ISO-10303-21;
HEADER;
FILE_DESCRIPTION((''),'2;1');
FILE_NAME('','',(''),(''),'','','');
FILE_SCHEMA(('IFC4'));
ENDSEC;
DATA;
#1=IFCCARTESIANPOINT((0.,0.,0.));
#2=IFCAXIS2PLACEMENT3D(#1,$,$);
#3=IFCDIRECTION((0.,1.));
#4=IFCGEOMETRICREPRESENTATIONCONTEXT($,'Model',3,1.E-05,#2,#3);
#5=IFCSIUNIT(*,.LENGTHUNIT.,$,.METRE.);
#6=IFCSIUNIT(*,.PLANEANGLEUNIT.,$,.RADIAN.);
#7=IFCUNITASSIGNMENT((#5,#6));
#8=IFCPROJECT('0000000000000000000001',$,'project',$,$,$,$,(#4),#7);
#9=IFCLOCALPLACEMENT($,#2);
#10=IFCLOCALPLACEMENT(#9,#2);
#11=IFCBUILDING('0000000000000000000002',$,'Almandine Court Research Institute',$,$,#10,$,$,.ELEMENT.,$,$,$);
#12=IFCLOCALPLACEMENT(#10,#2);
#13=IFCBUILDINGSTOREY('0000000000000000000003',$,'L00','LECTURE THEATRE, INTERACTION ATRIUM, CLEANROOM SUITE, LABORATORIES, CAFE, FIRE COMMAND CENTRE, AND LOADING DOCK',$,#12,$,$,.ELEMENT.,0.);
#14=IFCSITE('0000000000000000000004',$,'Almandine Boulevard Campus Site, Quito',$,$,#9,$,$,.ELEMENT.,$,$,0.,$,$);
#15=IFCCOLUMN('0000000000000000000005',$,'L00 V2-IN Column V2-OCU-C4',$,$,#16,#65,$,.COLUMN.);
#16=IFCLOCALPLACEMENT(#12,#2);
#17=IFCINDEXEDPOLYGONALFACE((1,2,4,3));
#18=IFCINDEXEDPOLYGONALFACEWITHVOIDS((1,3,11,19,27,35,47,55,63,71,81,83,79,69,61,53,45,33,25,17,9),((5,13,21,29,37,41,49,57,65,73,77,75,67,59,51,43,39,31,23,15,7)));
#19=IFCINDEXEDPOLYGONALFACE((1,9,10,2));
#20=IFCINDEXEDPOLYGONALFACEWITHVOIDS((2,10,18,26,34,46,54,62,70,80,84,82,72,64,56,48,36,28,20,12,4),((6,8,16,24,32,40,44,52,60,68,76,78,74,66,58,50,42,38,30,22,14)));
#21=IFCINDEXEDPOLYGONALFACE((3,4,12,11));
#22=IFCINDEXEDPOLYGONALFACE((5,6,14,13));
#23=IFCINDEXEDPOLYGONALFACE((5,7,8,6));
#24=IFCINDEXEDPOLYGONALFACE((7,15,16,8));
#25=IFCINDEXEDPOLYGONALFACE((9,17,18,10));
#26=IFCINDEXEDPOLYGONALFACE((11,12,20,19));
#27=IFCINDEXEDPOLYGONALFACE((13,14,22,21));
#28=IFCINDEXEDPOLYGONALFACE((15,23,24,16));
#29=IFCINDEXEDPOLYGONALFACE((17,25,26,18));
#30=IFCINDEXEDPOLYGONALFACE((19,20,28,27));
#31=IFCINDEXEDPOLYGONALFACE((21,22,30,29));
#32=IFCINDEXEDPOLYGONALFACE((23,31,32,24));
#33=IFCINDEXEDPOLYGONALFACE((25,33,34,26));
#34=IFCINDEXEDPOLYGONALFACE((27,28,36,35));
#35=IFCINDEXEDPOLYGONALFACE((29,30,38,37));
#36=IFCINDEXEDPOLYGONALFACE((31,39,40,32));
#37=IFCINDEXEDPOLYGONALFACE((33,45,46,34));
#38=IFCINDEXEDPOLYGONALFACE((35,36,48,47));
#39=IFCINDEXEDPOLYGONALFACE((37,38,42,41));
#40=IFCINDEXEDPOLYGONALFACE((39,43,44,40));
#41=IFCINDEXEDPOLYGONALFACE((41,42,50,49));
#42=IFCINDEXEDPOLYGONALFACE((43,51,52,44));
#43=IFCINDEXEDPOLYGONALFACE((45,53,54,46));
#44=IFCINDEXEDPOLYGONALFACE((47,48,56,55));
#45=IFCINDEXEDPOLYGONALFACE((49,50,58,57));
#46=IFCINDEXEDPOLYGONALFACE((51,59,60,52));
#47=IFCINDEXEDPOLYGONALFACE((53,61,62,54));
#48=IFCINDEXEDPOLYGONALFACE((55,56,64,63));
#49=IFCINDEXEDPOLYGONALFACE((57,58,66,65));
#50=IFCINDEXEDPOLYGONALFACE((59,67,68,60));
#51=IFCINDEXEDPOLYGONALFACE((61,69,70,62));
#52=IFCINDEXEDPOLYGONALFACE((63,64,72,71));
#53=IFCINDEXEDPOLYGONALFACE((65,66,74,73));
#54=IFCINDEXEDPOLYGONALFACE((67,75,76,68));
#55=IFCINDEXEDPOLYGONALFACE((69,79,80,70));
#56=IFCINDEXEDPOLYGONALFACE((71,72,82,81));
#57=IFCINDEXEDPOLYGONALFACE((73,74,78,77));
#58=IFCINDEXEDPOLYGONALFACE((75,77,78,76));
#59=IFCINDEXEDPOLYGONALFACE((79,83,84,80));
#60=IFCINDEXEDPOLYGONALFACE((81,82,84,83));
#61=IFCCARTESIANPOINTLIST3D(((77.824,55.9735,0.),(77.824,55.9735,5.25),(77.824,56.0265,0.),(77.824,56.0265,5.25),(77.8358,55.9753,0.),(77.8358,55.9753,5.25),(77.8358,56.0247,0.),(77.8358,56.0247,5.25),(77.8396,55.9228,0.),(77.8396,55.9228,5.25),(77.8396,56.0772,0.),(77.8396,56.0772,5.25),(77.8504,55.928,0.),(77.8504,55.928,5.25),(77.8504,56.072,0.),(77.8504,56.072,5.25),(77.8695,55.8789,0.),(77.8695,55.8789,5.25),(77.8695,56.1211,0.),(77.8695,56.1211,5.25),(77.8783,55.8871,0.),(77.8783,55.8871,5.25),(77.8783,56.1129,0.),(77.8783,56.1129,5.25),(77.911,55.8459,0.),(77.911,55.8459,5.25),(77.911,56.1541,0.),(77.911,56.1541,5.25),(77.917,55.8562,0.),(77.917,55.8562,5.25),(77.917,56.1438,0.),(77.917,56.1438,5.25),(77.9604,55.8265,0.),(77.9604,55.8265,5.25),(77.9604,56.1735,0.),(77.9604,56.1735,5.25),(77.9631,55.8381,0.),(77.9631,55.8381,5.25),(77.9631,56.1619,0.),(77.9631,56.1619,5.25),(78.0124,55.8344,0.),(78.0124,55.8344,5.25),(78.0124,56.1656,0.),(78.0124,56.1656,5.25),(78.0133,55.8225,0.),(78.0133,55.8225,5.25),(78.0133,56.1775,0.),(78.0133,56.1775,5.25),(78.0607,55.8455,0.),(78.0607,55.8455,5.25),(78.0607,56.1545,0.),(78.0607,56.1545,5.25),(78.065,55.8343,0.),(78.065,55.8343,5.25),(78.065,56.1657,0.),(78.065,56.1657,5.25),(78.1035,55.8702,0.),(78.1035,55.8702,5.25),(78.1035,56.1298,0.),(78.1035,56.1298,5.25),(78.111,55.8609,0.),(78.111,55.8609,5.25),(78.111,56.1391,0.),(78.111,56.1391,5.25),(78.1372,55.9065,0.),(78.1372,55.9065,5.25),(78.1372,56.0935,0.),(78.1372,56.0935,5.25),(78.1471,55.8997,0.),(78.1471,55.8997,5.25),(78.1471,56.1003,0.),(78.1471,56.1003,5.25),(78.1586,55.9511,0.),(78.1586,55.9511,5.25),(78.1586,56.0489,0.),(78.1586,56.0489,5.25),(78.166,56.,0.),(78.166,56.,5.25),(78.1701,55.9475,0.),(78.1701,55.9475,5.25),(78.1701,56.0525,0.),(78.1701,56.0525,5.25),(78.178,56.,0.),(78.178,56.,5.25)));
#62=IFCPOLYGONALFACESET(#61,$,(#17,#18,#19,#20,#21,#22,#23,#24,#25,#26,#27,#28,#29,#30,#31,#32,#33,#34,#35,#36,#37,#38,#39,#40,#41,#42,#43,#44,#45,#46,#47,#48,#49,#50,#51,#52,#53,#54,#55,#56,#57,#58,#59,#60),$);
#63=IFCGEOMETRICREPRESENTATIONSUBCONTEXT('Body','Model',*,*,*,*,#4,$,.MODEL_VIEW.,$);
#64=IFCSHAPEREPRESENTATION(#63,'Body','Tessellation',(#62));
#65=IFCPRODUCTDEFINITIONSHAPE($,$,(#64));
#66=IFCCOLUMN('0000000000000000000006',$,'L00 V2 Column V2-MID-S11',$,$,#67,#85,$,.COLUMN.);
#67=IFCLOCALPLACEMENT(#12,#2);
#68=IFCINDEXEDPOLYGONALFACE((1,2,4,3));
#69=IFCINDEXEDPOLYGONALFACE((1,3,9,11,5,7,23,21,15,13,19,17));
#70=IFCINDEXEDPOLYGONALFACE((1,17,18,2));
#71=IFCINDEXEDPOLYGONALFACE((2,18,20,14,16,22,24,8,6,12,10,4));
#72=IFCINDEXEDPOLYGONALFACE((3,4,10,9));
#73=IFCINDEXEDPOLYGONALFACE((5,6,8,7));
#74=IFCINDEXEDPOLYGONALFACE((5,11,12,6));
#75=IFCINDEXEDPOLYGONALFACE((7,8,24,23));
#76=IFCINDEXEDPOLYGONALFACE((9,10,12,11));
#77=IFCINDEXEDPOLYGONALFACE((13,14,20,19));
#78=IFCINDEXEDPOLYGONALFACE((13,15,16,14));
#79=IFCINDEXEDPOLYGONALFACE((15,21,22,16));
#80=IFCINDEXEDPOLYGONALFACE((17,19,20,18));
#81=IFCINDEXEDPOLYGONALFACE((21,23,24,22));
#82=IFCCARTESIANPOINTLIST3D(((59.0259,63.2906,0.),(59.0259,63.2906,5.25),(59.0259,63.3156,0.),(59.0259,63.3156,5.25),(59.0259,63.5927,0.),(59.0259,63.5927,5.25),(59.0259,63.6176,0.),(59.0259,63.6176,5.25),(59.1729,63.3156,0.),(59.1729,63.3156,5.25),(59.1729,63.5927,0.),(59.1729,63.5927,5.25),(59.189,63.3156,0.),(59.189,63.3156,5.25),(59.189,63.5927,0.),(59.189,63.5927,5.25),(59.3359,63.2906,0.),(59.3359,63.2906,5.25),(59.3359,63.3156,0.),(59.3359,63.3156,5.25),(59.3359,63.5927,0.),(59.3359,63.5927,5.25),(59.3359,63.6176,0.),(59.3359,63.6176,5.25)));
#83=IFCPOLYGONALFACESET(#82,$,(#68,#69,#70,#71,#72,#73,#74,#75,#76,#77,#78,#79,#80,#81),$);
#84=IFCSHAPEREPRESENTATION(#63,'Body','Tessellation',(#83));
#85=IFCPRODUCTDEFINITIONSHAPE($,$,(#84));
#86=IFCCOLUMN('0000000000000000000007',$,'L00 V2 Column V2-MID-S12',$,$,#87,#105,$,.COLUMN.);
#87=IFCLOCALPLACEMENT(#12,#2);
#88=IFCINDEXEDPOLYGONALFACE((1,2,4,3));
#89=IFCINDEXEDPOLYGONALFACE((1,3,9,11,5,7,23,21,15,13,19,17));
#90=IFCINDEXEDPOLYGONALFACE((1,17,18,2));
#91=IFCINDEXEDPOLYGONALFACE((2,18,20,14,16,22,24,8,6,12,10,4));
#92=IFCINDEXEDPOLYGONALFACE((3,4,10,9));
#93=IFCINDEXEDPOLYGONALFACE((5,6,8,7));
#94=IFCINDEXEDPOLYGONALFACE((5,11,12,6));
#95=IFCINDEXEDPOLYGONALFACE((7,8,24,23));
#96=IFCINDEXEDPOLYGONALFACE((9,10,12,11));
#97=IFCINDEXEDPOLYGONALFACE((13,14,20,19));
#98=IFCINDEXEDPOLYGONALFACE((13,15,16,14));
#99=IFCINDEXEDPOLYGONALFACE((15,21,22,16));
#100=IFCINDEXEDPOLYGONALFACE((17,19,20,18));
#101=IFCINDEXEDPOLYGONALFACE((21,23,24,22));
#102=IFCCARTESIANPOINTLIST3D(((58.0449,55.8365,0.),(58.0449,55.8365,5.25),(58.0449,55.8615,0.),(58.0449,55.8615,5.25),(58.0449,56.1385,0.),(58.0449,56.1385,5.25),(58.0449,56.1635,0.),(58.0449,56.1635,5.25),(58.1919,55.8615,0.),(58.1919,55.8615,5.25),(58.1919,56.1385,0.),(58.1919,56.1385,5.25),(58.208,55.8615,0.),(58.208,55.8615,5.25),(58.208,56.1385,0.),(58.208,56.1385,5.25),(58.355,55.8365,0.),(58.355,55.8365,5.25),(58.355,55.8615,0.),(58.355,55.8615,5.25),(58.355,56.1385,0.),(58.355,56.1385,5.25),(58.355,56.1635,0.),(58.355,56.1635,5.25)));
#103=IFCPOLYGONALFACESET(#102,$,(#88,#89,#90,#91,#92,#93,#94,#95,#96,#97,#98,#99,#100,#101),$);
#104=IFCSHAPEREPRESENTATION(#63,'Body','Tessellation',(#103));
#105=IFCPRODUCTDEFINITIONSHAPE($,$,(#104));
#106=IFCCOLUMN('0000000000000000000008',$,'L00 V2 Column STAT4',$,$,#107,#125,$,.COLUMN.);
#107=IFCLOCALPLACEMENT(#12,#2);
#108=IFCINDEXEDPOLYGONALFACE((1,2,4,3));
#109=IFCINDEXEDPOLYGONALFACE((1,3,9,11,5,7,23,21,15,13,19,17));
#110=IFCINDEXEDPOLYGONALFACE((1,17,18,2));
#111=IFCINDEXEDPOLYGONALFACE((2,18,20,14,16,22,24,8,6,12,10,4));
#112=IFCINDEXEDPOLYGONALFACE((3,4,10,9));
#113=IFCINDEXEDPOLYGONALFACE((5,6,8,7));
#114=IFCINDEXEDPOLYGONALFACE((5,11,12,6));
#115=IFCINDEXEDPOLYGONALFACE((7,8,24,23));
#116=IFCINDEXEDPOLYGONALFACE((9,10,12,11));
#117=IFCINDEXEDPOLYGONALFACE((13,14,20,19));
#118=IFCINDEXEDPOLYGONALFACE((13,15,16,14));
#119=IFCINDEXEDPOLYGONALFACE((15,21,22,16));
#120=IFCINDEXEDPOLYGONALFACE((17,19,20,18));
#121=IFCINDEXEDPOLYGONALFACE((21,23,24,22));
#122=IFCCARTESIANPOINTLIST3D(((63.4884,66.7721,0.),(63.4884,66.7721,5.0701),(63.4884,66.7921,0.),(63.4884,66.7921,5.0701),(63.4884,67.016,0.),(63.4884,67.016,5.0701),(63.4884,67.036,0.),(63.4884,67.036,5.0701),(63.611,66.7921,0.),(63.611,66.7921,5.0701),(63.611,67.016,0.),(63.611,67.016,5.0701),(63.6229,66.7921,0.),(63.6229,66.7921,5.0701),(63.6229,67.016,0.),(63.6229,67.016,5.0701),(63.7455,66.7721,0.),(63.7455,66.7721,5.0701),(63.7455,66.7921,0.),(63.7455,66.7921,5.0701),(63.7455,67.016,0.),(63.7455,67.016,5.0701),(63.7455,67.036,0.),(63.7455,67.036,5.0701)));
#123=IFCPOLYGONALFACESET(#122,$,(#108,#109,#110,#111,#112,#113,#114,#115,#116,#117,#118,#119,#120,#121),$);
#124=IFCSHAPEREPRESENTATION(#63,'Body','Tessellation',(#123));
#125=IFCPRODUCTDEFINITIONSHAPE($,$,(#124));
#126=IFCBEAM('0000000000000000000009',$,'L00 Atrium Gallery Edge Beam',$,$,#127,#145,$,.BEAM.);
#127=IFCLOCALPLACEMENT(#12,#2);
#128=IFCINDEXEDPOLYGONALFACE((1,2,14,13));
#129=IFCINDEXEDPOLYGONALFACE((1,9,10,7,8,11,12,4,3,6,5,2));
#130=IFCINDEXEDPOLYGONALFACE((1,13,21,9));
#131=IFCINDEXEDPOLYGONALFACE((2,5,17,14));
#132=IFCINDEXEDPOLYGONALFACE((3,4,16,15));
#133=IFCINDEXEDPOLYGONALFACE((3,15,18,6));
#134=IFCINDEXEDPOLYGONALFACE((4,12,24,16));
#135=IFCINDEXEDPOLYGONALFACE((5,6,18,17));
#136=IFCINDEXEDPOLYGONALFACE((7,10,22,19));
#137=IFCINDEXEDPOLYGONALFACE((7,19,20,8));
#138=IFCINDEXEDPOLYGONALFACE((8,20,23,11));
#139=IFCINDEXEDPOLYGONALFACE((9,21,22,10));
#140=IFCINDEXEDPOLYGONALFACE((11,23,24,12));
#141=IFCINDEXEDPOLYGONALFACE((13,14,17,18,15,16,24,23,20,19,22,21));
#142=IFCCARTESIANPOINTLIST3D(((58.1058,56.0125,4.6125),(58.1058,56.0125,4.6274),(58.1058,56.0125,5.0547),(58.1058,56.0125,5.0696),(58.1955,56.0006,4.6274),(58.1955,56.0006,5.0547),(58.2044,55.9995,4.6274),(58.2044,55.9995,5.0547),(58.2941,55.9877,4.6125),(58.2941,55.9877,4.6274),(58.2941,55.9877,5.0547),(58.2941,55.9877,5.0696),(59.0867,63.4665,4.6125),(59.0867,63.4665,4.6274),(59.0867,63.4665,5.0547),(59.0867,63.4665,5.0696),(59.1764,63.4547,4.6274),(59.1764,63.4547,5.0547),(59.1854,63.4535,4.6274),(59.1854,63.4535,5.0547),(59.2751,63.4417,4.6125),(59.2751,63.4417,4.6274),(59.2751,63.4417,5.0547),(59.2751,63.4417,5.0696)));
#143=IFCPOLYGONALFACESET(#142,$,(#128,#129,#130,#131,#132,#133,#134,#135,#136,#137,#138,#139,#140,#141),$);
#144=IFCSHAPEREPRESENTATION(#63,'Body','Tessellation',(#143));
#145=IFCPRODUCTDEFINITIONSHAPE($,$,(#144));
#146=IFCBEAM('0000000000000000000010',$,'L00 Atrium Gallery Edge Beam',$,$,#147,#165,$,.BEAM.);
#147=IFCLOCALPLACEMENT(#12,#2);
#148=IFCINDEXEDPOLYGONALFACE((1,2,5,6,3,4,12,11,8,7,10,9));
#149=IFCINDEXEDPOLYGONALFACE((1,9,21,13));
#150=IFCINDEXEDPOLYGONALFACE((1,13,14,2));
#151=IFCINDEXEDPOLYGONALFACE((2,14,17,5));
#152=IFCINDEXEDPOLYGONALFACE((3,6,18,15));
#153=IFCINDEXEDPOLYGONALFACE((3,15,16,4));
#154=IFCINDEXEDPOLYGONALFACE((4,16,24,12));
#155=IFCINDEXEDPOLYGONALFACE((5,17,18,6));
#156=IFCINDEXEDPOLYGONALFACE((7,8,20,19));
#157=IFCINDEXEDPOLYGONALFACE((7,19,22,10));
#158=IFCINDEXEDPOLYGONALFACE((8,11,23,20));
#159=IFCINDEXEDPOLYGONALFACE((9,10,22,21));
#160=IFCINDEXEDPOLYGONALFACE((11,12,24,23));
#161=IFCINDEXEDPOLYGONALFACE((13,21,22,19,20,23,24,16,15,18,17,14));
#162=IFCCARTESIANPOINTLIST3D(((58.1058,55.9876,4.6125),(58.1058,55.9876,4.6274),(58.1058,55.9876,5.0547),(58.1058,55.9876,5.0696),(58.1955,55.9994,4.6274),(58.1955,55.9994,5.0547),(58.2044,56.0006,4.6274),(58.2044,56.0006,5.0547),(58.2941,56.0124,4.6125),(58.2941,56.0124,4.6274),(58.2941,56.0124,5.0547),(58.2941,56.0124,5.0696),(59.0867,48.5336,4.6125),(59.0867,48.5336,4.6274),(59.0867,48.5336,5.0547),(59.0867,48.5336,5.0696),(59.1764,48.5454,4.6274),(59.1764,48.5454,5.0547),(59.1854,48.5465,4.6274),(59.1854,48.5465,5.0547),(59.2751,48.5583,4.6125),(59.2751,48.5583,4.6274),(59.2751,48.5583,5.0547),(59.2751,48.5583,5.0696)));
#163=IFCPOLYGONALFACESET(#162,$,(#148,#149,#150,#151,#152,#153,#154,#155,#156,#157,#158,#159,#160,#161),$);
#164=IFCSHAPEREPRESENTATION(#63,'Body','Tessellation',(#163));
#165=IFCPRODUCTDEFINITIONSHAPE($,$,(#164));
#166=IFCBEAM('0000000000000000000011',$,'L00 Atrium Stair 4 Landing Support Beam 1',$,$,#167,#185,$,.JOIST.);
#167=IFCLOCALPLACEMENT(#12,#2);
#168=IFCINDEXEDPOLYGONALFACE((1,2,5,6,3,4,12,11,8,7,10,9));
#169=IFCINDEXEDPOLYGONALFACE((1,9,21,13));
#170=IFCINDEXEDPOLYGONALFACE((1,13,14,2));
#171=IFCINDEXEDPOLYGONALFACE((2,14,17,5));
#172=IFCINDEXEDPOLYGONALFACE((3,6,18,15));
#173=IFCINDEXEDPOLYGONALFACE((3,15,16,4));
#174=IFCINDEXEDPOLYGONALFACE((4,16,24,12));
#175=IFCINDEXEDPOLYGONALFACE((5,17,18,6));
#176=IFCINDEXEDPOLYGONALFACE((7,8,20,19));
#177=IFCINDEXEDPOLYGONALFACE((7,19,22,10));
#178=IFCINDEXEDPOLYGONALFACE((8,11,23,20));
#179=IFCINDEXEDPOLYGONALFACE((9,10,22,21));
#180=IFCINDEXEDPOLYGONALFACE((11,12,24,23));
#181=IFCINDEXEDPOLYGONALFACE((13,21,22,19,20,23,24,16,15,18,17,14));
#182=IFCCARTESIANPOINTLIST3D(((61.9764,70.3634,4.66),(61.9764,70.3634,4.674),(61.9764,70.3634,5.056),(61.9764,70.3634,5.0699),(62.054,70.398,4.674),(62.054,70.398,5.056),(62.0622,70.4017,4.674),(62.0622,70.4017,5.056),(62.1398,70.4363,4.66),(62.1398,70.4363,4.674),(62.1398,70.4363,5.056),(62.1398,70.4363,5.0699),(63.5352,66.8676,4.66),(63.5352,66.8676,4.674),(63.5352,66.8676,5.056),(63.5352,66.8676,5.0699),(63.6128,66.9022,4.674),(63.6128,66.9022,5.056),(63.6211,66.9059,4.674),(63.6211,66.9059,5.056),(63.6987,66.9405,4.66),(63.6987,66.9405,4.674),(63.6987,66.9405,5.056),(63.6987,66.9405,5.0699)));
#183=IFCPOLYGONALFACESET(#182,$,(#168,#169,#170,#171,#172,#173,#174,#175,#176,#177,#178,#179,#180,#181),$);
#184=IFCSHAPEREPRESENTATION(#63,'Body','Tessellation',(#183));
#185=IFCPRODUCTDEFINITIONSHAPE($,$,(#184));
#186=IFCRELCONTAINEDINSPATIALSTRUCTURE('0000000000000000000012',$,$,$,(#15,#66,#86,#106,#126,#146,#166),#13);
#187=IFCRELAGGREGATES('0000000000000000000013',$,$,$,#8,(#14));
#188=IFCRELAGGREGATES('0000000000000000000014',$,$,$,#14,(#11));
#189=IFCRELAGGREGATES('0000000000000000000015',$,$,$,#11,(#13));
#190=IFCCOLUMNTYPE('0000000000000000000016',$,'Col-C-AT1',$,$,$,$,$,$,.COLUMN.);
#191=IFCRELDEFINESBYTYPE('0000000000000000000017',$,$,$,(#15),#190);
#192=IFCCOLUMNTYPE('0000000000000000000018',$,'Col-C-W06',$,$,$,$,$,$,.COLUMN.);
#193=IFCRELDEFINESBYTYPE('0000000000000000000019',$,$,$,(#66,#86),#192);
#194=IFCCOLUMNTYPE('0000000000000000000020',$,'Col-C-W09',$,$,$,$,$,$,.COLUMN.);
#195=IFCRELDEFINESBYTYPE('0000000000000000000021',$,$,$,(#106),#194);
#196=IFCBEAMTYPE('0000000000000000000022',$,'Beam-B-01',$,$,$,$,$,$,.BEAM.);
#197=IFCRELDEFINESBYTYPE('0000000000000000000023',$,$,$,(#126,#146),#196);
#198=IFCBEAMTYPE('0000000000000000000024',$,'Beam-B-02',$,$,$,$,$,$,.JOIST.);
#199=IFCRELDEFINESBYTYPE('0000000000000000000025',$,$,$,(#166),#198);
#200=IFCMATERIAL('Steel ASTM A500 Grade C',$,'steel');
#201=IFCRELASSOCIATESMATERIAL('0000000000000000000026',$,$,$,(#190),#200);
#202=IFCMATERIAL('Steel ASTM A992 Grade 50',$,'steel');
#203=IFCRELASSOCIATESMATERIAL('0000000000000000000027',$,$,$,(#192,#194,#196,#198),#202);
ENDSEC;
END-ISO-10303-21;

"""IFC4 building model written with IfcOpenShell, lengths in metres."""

from ifc_helpers import new_model, si_unit, direction, frame, origin, origin_2d, place, context, subcontext, project, spatial, hollow_circle, i_section, extrude, material, material_profile, profile_set, type_object, element, save


model = new_model("IFC4")

# Units and contexts
model_context = context("Model", 3, precision=1e-05, world=origin(), true_north=direction((0.0, 1.0)))
body_context = subcontext(model_context, "Body", "Model", "MODEL_VIEW")
ifc_project = project(units=[si_unit("LENGTHUNIT", "METRE"), si_unit("PLANEANGLEUNIT", "RADIAN")], contexts=[model_context])

# Site, building, storey
site_placement = place(None, origin())
site = spatial("IfcSite", under=ifc_project, at=site_placement, Name="Almandine Boulevard Campus Site, Quito", CompositionType="ELEMENT", RefElevation=0.0)
building_placement = place(site_placement, origin())
building = spatial("IfcBuilding", under=site, at=building_placement, Name="Almandine Court Research Institute", CompositionType="ELEMENT")
storey_placement = place(building_placement, origin())
storey = spatial("IfcBuildingStorey", under=building, at=storey_placement, Name="L00", Description="LECTURE THEATRE, INTERACTION ATRIUM, CLEANROOM SUITE, LABORATORIES, CAFE, FIRE COMMAND CENTRE, AND LOADING DOCK", CompositionType="ELEMENT", Elevation=0.0)

# Columns
ifc_material_1 = material(Name="Steel ASTM A500 Grade C", Category="steel")
ifc_material_profile_1 = material_profile(ifc_material_1, hollow_circle(Radius=0.178, WallThickness=0.012, at=origin_2d()), Name="CHS 356x12")
ifc_profile_set_1 = profile_set([ifc_material_profile_1], Name="Steel ASTM A500 Grade C")
column_type_1 = type_object("IfcColumnType", Name="Col-C-AT1", PredefinedType="COLUMN", material=ifc_profile_set_1)
column_1_placement = place(storey_placement, frame((78.0, 56.0, 0.0), z_axis=(0.0, 0.0, 1.0), x_axis=(1.0, 0.0, 0.0)))
element("IfcColumn", 1, at=column_1_placement, inside=storey, type_object=column_type_1, Name="L00 V2-IN Column V2-OCU-C4", PredefinedType="COLUMN", context=body_context, shape_type="SweptSolid", body=[
    extrude(hollow_circle(Radius=0.178, WallThickness=0.012, at=origin_2d()), origin(), (0.0, 0.0, 1.0), 5.25),
])
ifc_material_2 = material(Name="Steel ASTM A992 Grade 50", Category="steel")
ifc_material_profile_2 = material_profile(ifc_material_2, i_section(OverallWidth=0.3101, OverallDepth=0.3269, WebThickness=0.0161, FlangeThickness=0.0249, at=origin_2d()), Name="W310x158")
ifc_profile_set_2 = profile_set([ifc_material_profile_2], Name="Steel ASTM A992 Grade 50")
column_type_2 = type_object("IfcColumnType", Name="Col-C-W06", PredefinedType="COLUMN", material=ifc_profile_set_2)
for number, where, z_axis, x_axis, name in (
    (2, (59.1809, 63.4541, 0.0), (0.0, 0.0, 1.0), (1.0, 0.0, 0.0), "L00 V2 Column V2-MID-S11"),
    (3, (58.2, 56.0, 0.0), (0.0, 0.0, 1.0), (1.0, 0.0, 0.0), "L00 V2 Column V2-MID-S12"),
):
    element("IfcColumn", number, at=place(storey_placement, frame(where, z_axis=z_axis, x_axis=x_axis)), inside=storey, type_object=column_type_2, Name=name, PredefinedType="COLUMN", context=body_context, shape_type="SweptSolid", body=[
        extrude(i_section(OverallWidth=0.3101, OverallDepth=0.3269, WebThickness=0.0161, FlangeThickness=0.0249, at=origin_2d()), origin(), (0.0, 0.0, 1.0), 5.25),
    ])
ifc_material_profile_3 = material_profile(ifc_material_2, i_section(OverallWidth=0.2571, OverallDepth=0.2639, WebThickness=0.012, FlangeThickness=0.02, at=origin_2d()), Name="W250x101")
ifc_profile_set_3 = profile_set([ifc_material_profile_3], Name="Steel ASTM A992 Grade 50")
column_type_3 = type_object("IfcColumnType", Name="Col-C-W09", PredefinedType="COLUMN", material=ifc_profile_set_3)
column_2_placement = place(storey_placement, frame((63.6169, 66.9041, 0.0), z_axis=(0.0, 0.0, 1.0), x_axis=(1.0, 0.0, 0.0)))
element("IfcColumn", 4, at=column_2_placement, inside=storey, type_object=column_type_3, Name="L00 V2 Column STAT4", PredefinedType="COLUMN", context=body_context, shape_type="SweptSolid", body=[
    extrude(i_section(OverallWidth=0.2571, OverallDepth=0.2639, WebThickness=0.012, FlangeThickness=0.02, at=origin_2d()), origin(), (0.0, 0.0, 1.0), 5.0701),
])

# Beams
ifc_material_profile_4 = material_profile(ifc_material_2, i_section(OverallWidth=0.1899, OverallDepth=0.457, WebThickness=0.009, FlangeThickness=0.0149, at=origin_2d()), Name="W460x74")
ifc_profile_set_4 = profile_set([ifc_material_profile_4], Name="Steel ASTM A992 Grade 50")
beam_type_1 = type_object("IfcBeamType", Name="Beam-B-01", PredefinedType="BEAM", material=ifc_profile_set_4)
for number, where, z_axis, x_axis, name in (
    (5, (59.1809, 63.4541, 4.8411), (-0.130475, -0.991452, 0.0), (0.991452, -0.130475, 0.0), "L00 Atrium Gallery Edge Beam"),
    (6, (58.2, 56.0, 4.8411), (0.130475, -0.991452, 0.0), (0.991452, 0.130475, 0.0), "L00 Atrium Gallery Edge Beam"),
):
    element("IfcBeam", number, at=place(storey_placement, frame(where, z_axis=z_axis, x_axis=x_axis)), inside=storey, type_object=beam_type_1, Name=name, PredefinedType="BEAM", context=body_context, shape_type="SweptSolid", body=[
        extrude(i_section(OverallWidth=0.1899, OverallDepth=0.457, WebThickness=0.009, FlangeThickness=0.0149, at=origin_2d()), origin(), (0.0, 0.0, 1.0), 7.5183),
    ])
ifc_material_profile_5 = material_profile(ifc_material_2, i_section(OverallWidth=0.179, OverallDepth=0.4099, WebThickness=0.009, FlangeThickness=0.0139, at=origin_2d()), Name="W410x67")
ifc_profile_set_5 = profile_set([ifc_material_profile_5], Name="Steel ASTM A992 Grade 50")
beam_type_2 = type_object("IfcBeamType", Name="Beam-B-02", PredefinedType="JOIST", material=ifc_profile_set_5)
beam_1_placement = place(storey_placement, frame((63.6169, 66.9041, 4.865), z_axis=(-0.407257, 0.913314, 0.0), x_axis=(-0.913314, -0.407257, 0.0)))
element("IfcBeam", 7, at=beam_1_placement, inside=storey, type_object=beam_type_2, Name="L00 Atrium Stair 4 Landing Support Beam 1", PredefinedType="JOIST", context=body_context, shape_type="SweptSolid", body=[
    extrude(i_section(OverallWidth=0.179, OverallDepth=0.4099, WebThickness=0.009, FlangeThickness=0.0139, at=origin_2d()), origin(), (0.0, 0.0, 1.0), 3.8276),
])

save(model, "model.ifc")
